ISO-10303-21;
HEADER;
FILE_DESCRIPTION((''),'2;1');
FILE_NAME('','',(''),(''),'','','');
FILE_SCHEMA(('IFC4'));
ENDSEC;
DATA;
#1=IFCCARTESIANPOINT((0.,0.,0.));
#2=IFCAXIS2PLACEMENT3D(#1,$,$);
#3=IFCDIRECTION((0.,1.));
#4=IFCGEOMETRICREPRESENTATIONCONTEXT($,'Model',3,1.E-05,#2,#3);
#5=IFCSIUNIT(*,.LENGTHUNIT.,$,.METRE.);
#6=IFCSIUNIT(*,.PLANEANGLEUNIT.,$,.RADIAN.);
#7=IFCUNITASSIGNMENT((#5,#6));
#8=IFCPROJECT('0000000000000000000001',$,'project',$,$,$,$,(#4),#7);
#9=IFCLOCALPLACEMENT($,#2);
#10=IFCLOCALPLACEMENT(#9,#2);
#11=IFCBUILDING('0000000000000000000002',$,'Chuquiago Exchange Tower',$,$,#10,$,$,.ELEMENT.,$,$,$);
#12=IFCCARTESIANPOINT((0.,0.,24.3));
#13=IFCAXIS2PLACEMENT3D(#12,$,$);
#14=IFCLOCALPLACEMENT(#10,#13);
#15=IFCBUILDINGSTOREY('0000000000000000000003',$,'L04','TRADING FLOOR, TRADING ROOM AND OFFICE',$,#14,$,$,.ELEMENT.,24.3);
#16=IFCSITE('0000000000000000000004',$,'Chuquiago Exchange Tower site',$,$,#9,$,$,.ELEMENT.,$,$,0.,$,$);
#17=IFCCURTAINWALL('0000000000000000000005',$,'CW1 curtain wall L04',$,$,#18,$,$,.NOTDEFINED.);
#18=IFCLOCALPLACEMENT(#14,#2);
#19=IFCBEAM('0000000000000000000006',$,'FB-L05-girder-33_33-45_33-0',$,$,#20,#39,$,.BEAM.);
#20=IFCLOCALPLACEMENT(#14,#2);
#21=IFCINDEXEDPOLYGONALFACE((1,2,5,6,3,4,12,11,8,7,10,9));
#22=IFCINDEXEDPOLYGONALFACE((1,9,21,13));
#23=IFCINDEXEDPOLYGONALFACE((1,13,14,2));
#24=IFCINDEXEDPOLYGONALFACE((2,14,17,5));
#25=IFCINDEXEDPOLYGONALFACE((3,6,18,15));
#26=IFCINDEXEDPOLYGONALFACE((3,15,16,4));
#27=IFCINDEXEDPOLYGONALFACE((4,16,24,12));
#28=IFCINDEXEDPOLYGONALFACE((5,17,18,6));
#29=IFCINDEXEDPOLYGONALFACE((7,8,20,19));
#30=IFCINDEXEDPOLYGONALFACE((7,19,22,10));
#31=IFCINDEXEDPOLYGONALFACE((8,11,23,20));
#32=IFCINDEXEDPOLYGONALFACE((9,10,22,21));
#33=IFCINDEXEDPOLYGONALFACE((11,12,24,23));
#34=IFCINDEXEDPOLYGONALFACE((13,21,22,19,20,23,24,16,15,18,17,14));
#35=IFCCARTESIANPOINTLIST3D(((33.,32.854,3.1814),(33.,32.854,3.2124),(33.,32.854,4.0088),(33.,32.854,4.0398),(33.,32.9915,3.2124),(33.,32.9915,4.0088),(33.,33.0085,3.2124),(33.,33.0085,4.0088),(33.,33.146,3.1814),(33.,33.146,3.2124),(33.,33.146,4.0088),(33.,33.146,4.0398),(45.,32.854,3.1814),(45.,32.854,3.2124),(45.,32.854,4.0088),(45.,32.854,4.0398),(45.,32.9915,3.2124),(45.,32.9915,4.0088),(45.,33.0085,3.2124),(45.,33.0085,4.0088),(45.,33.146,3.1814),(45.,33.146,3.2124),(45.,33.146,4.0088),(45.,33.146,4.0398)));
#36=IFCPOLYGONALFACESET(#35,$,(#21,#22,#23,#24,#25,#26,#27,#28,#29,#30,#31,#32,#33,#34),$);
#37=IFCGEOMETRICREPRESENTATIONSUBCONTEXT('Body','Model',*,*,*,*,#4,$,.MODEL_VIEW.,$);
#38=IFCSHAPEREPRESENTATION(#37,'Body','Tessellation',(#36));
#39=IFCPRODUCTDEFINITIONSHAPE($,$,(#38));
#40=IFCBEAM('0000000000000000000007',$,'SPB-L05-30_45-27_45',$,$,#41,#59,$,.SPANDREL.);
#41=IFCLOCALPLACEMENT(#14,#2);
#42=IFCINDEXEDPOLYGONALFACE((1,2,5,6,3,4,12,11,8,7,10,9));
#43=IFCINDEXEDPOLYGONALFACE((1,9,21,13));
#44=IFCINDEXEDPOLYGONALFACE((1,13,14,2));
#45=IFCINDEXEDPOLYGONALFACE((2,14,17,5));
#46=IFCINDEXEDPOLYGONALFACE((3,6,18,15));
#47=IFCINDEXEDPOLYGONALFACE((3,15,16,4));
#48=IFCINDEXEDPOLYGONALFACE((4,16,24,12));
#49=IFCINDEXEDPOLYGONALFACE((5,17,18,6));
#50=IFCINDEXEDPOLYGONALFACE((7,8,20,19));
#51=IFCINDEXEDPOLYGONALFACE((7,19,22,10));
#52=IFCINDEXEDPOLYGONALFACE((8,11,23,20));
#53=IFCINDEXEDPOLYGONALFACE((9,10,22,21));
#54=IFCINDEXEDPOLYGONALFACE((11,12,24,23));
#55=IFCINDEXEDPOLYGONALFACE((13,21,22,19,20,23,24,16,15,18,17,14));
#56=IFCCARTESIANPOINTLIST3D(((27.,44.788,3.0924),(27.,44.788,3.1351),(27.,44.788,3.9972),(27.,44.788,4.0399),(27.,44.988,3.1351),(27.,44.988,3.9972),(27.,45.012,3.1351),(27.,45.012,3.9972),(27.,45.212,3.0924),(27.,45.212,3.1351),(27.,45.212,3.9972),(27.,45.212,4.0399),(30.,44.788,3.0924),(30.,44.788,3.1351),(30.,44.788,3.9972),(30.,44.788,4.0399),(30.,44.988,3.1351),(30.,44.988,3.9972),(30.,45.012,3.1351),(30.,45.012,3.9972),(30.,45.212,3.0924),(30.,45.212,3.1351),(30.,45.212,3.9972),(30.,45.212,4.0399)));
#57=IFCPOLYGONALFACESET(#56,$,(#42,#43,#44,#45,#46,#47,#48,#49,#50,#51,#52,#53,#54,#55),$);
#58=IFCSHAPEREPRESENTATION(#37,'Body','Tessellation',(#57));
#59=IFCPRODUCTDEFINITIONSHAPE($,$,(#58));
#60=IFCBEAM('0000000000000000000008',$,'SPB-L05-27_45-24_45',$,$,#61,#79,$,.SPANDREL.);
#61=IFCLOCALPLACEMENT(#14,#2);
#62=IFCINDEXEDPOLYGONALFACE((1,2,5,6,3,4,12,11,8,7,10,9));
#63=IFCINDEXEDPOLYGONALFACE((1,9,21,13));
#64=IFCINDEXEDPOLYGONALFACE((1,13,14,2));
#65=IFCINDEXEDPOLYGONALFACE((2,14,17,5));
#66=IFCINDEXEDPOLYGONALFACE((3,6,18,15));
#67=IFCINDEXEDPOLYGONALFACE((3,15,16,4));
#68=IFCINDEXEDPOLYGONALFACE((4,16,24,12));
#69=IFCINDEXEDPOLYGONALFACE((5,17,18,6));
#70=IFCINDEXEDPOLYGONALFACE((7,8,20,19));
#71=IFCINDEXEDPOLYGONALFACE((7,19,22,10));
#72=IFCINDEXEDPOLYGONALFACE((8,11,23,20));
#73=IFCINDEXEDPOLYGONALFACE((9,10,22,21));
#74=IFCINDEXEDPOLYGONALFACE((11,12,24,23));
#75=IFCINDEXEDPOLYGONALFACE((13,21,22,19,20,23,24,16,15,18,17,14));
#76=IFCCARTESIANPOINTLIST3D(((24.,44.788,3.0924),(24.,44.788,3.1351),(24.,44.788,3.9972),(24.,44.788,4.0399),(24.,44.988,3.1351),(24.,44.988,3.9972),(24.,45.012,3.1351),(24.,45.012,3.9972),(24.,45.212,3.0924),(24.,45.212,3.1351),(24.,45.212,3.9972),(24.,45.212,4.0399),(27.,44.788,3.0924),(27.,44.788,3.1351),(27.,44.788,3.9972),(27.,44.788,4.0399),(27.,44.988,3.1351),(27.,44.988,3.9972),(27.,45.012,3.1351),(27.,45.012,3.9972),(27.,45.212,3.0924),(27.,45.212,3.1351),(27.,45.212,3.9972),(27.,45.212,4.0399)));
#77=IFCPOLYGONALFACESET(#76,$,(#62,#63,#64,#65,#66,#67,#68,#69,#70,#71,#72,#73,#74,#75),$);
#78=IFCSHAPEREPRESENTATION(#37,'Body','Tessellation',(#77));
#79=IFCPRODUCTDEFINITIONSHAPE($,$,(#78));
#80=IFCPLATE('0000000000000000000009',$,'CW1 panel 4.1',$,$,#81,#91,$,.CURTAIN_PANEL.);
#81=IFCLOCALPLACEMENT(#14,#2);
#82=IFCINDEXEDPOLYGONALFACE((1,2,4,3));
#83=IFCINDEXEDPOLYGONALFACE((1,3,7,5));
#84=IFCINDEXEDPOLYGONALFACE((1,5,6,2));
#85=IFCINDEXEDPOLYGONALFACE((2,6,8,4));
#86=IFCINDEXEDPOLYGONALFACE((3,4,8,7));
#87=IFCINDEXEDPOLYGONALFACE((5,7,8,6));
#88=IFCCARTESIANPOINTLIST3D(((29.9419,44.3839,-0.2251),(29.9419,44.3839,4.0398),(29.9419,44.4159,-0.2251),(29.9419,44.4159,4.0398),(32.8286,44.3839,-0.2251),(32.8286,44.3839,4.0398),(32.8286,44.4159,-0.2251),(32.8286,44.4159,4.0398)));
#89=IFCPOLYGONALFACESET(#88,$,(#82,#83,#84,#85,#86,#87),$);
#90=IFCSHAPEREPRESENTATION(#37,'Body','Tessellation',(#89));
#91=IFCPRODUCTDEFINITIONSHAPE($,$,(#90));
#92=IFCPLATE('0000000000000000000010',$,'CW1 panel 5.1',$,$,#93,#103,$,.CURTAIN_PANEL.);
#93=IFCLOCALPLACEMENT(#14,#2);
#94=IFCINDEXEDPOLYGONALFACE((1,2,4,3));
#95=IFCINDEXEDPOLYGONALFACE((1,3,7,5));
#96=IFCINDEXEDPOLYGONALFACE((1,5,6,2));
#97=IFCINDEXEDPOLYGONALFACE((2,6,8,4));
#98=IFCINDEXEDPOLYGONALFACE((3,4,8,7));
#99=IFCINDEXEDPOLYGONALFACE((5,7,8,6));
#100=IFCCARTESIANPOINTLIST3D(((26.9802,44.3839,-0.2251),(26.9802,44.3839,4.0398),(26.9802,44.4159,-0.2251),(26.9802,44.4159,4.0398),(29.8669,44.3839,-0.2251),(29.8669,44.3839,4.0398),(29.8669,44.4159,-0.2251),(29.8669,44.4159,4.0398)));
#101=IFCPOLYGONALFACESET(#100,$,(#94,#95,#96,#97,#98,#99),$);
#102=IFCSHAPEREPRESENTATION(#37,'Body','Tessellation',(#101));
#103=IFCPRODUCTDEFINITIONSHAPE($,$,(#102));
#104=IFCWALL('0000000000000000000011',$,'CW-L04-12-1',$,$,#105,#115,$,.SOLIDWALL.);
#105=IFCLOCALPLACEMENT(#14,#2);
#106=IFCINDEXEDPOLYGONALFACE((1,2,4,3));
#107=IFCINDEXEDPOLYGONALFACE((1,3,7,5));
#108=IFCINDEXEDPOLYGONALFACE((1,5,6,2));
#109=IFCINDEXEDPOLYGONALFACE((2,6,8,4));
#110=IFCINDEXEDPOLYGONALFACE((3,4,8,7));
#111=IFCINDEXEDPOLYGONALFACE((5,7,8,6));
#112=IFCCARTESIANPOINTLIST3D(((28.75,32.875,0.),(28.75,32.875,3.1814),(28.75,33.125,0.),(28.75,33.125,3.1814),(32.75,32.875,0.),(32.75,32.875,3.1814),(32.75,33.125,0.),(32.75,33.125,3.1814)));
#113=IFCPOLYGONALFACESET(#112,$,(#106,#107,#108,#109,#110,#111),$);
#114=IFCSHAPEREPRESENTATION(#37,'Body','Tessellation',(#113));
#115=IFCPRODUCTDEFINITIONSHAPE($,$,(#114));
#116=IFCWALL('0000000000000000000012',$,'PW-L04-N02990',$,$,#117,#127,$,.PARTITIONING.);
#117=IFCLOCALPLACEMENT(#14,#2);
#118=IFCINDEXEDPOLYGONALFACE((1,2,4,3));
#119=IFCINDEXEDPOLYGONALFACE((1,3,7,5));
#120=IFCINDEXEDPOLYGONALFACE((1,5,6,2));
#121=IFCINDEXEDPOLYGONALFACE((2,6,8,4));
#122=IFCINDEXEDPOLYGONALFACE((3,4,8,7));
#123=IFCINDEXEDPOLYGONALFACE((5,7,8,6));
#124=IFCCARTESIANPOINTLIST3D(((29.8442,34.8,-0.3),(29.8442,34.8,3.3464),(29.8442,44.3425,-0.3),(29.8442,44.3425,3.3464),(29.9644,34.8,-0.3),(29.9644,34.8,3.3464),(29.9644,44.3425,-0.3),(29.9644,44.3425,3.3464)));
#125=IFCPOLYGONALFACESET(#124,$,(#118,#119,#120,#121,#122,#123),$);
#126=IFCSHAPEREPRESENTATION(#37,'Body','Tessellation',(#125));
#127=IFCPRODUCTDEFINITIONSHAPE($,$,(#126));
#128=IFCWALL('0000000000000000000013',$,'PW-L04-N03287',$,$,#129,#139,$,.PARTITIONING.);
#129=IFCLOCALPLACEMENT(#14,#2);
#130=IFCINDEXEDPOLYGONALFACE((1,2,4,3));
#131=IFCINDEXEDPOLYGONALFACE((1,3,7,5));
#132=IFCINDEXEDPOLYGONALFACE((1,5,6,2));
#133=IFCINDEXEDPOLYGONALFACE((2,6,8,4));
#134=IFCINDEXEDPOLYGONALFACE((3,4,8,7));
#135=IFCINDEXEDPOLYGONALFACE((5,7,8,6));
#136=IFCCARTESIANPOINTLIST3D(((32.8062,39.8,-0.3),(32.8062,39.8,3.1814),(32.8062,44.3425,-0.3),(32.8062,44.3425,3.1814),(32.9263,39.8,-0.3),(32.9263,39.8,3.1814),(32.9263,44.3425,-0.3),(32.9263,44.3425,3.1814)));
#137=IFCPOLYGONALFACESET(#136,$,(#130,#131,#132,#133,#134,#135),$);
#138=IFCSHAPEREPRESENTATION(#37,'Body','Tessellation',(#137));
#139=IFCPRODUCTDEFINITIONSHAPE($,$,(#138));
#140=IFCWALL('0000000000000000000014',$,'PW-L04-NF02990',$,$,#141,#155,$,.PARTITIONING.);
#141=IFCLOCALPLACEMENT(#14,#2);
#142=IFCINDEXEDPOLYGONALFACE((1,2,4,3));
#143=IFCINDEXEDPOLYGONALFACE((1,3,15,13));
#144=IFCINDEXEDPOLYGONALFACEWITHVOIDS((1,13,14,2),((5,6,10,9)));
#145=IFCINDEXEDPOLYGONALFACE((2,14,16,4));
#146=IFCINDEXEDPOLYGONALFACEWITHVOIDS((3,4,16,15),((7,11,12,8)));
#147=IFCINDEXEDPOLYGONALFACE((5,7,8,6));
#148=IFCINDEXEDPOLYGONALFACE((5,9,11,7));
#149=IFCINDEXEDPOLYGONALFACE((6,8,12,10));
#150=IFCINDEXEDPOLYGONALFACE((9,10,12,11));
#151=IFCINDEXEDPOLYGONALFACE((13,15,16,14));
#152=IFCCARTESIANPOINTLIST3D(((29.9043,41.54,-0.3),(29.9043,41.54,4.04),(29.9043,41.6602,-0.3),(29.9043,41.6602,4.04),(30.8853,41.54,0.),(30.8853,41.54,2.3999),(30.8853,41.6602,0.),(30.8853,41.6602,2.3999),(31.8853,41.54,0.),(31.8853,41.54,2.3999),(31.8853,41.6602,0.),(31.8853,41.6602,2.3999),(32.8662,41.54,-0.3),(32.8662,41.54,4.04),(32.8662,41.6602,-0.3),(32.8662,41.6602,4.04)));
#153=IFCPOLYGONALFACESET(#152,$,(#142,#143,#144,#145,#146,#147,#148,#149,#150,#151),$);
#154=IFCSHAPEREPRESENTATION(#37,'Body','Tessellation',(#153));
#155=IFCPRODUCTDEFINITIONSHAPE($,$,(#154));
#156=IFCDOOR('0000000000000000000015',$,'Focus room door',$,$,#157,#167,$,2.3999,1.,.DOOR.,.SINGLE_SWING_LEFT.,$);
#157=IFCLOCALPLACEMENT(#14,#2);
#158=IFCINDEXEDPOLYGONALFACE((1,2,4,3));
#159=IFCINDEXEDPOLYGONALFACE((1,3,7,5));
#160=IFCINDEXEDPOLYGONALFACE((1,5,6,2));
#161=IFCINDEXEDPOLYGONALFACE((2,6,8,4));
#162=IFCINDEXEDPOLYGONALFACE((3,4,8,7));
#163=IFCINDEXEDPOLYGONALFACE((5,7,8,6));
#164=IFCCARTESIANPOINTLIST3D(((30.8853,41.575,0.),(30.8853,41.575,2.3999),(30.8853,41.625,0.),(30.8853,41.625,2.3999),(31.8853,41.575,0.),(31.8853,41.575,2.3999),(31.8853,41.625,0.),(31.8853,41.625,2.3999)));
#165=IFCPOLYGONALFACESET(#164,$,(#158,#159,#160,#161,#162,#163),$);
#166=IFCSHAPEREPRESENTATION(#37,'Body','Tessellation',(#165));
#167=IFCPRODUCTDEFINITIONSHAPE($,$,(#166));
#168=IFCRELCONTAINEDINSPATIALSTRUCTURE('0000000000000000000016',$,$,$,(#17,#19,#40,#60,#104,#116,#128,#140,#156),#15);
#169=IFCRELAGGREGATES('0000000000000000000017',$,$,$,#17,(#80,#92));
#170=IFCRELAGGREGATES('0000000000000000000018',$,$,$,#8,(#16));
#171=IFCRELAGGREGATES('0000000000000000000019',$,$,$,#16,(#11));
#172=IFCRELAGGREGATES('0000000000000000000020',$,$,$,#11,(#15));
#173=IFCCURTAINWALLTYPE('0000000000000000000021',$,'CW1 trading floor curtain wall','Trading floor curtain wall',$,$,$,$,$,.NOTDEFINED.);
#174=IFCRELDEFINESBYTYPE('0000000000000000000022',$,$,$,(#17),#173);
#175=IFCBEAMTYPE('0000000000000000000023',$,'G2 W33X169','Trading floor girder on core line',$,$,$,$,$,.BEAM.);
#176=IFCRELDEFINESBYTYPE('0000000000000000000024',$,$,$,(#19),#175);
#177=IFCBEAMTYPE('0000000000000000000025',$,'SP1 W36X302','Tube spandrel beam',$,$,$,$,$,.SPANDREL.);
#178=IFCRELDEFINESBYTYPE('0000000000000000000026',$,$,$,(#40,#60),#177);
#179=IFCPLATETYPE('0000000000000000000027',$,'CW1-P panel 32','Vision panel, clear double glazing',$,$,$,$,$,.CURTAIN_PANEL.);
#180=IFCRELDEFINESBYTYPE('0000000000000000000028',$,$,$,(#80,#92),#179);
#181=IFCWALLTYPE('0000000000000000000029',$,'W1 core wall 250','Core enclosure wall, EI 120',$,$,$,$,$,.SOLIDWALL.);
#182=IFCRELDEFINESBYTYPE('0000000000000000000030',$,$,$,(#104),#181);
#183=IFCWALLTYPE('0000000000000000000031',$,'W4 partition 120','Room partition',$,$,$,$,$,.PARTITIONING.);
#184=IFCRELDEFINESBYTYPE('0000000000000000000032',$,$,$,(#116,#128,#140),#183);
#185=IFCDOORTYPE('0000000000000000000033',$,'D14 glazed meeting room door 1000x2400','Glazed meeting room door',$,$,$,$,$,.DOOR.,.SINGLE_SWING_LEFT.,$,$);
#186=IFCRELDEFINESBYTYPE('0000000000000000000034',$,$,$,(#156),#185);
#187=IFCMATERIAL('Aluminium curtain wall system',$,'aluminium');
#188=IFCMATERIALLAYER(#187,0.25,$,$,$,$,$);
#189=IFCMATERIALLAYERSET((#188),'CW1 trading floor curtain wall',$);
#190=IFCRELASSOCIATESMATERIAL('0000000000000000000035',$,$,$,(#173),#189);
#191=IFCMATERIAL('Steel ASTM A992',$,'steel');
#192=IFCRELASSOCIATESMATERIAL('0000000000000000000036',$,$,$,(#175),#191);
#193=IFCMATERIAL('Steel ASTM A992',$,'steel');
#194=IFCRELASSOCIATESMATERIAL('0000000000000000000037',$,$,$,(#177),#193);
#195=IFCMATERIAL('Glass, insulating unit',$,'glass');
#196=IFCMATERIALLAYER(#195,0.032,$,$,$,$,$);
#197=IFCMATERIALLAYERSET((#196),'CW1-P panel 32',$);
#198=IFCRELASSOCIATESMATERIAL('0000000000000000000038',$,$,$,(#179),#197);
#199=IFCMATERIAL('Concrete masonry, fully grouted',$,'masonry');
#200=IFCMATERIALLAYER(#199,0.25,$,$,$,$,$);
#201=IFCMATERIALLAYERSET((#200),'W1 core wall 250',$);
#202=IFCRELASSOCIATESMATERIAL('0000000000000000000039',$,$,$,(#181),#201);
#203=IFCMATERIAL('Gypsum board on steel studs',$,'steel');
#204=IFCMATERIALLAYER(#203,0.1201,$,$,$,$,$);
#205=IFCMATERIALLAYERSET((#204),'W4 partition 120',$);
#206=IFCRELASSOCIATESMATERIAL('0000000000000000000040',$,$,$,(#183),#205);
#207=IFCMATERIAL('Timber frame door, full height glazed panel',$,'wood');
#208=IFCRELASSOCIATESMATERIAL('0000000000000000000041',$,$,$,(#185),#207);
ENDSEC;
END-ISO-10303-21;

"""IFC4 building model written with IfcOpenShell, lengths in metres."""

from ifc_helpers import new_model, si_unit, direction, frame, frame_2d, origin, origin_2d, place, context, subcontext, project, spatial, rectangle, i_section, extrude, material, layer, layer_set, material_profile, profile_set, type_object, element, fill, aggregate, save


model = new_model("IFC4")

# Units and contexts
model_context = context("Model", 3, precision=1e-05, world=origin(), true_north=direction((0.0, 1.0)))
body_context = subcontext(model_context, "Body", "Model", "MODEL_VIEW")
ifc_project = project(units=[si_unit("LENGTHUNIT", "METRE"), si_unit("PLANEANGLEUNIT", "RADIAN")], contexts=[model_context])

# Site, building, storey
site_placement = place(None, origin())
site = spatial("IfcSite", under=ifc_project, at=site_placement, Name="Chuquiago Exchange Tower site", CompositionType="ELEMENT", RefElevation=0.0)
building_placement = place(site_placement, origin())
building = spatial("IfcBuilding", under=site, at=building_placement, Name="Chuquiago Exchange Tower", CompositionType="ELEMENT")
storey_placement = place(building_placement, frame((0.0, 0.0, 24.3)))
storey = spatial("IfcBuildingStorey", under=building, at=storey_placement, Name="L04", Description="TRADING FLOOR, TRADING ROOM AND OFFICE", CompositionType="ELEMENT", Elevation=24.3)

# Curtain wall
ifc_material_1 = material(Name="Aluminium curtain wall system", Category="aluminium")
ifc_layer_1 = layer(ifc_material_1, 0.25)
ifc_layer_set_1 = layer_set([ifc_layer_1], Name="CW1 trading floor curtain wall")
curtain_wall_type = type_object("IfcCurtainWallType", Name="CW1 trading floor curtain wall", Description="Trading floor curtain wall", PredefinedType="NOTDEFINED", material=ifc_layer_set_1)
curtain_wall_placement = place(storey_placement, origin())
curtain_wall = element("IfcCurtainWall", 1, at=curtain_wall_placement, inside=storey, type_object=curtain_wall_type, Name="CW1 curtain wall L04", PredefinedType="NOTDEFINED")

# Beams
ifc_material_2 = material(Name="Steel ASTM A992", Category="steel")
ifc_material_profile_1 = material_profile(ifc_material_2, i_section(OverallWidth=0.292, OverallDepth=0.8584, WebThickness=0.0171, FlangeThickness=0.031, at=origin_2d()), Name="W33X169")
ifc_profile_set_1 = profile_set([ifc_material_profile_1], Name="Steel ASTM A992")
beam_type_1 = type_object("IfcBeamType", Name="G2 W33X169", Description="Trading floor girder on core line", PredefinedType="BEAM", material=ifc_profile_set_1)
for number, where, z_axis, x_axis, name in (
    (2, (33.0, 33.0, 3.6106), (1.0, 0.0, 0.0), (0.0, 1.0, 0.0), "FB-L05-girder-33_33-45_33-0"),
):
    element("IfcBeam", number, at=place(storey_placement, frame(where, z_axis=z_axis, x_axis=x_axis)), inside=storey, type_object=beam_type_1, Name=name, PredefinedType="BEAM", context=body_context, shape_type="SweptSolid", body=[
        extrude(i_section(OverallWidth=0.292, OverallDepth=0.8584, WebThickness=0.0171, FlangeThickness=0.031, at=origin_2d()), origin(), (0.0, 0.0, 1.0), 12.0),
    ])
ifc_material_3 = material(Name="Steel ASTM A992", Category="steel")
ifc_material_profile_2 = material_profile(ifc_material_3, i_section(OverallWidth=0.4241, OverallDepth=0.9475, WebThickness=0.0239, FlangeThickness=0.0427, at=origin_2d()), Name="W36X302")
ifc_profile_set_2 = profile_set([ifc_material_profile_2], Name="Steel ASTM A992")
beam_type_2 = type_object("IfcBeamType", Name="SP1 W36X302", Description="Tube spandrel beam", PredefinedType="SPANDREL", material=ifc_profile_set_2)
for number, where, z_axis, x_axis, name in (
    (3, (30.0, 45.0, 3.5662), (-1.0, 0.0, 0.0), (0.0, -1.0, 0.0), "SPB-L05-30_45-27_45"),
    (4, (27.0, 45.0, 3.5662), (-1.0, 0.0, 0.0), (0.0, -1.0, 0.0), "SPB-L05-27_45-24_45"),
):
    element("IfcBeam", number, at=place(storey_placement, frame(where, z_axis=z_axis, x_axis=x_axis)), inside=storey, type_object=beam_type_2, Name=name, PredefinedType="SPANDREL", context=body_context, shape_type="SweptSolid", body=[
        extrude(i_section(OverallWidth=0.4241, OverallDepth=0.9475, WebThickness=0.0239, FlangeThickness=0.0427, at=origin_2d()), origin(), (0.0, 0.0, 1.0), 3.0),
    ])

# Plates
ifc_material_4 = material(Name="Glass, insulating unit", Category="glass")
ifc_layer_2 = layer(ifc_material_4, 0.032)
ifc_layer_set_2 = layer_set([ifc_layer_2], Name="CW1-P panel 32")
plate_type = type_object("IfcPlateType", Name="CW1-P panel 32", Description="Vision panel, clear double glazing", PredefinedType="CURTAIN_PANEL", material=ifc_layer_set_2)
plate_1_placement = place(storey_placement, frame((31.3853, 44.3999, -0.2251), z_axis=(0.0, 0.0, 1.0), x_axis=(-1.0, 0.0, 0.0)))
plate_1 = element("IfcPlate", 5, at=plate_1_placement, type_object=plate_type, Name="CW1 panel 4.1", PredefinedType="CURTAIN_PANEL", context=body_context, shape_type="SweptSolid", body=[
    extrude(rectangle(XDim=2.8867, YDim=0.032, at=origin_2d()), origin(), (0.0, 0.0, 1.0), 4.2649),
])
plate_2_placement = place(storey_placement, frame((28.4236, 44.3999, -0.2251), z_axis=(0.0, 0.0, 1.0), x_axis=(-1.0, 0.0, 0.0)))
plate_2 = element("IfcPlate", 6, at=plate_2_placement, type_object=plate_type, Name="CW1 panel 5.1", PredefinedType="CURTAIN_PANEL", context=body_context, shape_type="SweptSolid", body=[
    extrude(rectangle(XDim=2.8867, YDim=0.032, at=origin_2d()), origin(), (0.0, 0.0, 1.0), 4.2649),
])
aggregate(curtain_wall, [plate_1, plate_2])

# Walls
ifc_material_5 = material(Name="Concrete masonry, fully grouted", Category="masonry")
ifc_layer_3 = layer(ifc_material_5, 0.25)
ifc_layer_set_3 = layer_set([ifc_layer_3], Name="W1 core wall 250")
wall_type_1 = type_object("IfcWallType", Name="W1 core wall 250", Description="Core enclosure wall, EI 120", PredefinedType="SOLIDWALL", material=ifc_layer_set_3)
wall_1_placement = place(storey_placement, frame((28.75, 33.0, 0.0), z_axis=(0.0, 0.0, 1.0), x_axis=(1.0, 0.0, 0.0)))
element("IfcWall", 7, at=wall_1_placement, inside=storey, type_object=wall_type_1, Name="CW-L04-12-1", PredefinedType="SOLIDWALL", context=body_context, shape_type="SweptSolid", body=[
    extrude(rectangle(XDim=4.0, YDim=0.25, at=frame_2d((2.0, 0.0))), origin(), (0.0, 0.0, 1.0), 3.1814),
])
ifc_material_6 = material(Name="Gypsum board on steel studs", Category="steel")
ifc_layer_4 = layer(ifc_material_6, 0.1201)
ifc_layer_set_4 = layer_set([ifc_layer_4], Name="W4 partition 120")
wall_type_2 = type_object("IfcWallType", Name="W4 partition 120", Description="Room partition", PredefinedType="PARTITIONING", material=ifc_layer_set_4)
wall_2_placement = place(storey_placement, frame((29.9043, 44.3425, -0.3), z_axis=(0.0, 0.0, 1.0), x_axis=(0.0, -1.0, 0.0)))
element("IfcWall", 8, at=wall_2_placement, inside=storey, type_object=wall_type_2, Name="PW-L04-N02990", PredefinedType="PARTITIONING", context=body_context, shape_type="SweptSolid", body=[
    extrude(rectangle(XDim=9.5425, YDim=0.1201, at=frame_2d((4.7712, 0.0))), origin(), (0.0, 0.0, 1.0), 3.6465),
])
wall_3_placement = place(storey_placement, frame((32.8662, 44.3425, -0.3), z_axis=(0.0, 0.0, 1.0), x_axis=(0.0, -1.0, 0.0)))
element("IfcWall", 9, at=wall_3_placement, inside=storey, type_object=wall_type_2, Name="PW-L04-N03287", PredefinedType="PARTITIONING", context=body_context, shape_type="SweptSolid", body=[
    extrude(rectangle(XDim=4.5425, YDim=0.1201, at=frame_2d((2.2712, 0.0))), origin(), (0.0, 0.0, 1.0), 3.4814),
])

# Wall, opening, door
wall_4_placement = place(storey_placement, frame((29.9043, 41.6001, -0.3), z_axis=(0.0, 0.0, 1.0), x_axis=(1.0, 0.0, 0.0)))
wall_4 = element("IfcWall", 10, at=wall_4_placement, inside=storey, type_object=wall_type_2, Name="PW-L04-NF02990", PredefinedType="PARTITIONING", context=body_context, shape_type="SweptSolid", body=[
    extrude(rectangle(XDim=2.9619, YDim=0.1201, at=frame_2d((1.481, 0.0))), origin(), (0.0, 0.0, 1.0), 4.3401),
])
opening_1_placement = place(wall_4_placement, frame((0.981, 0.0, 0.3)))
opening_1 = element("IfcOpeningElement", 11, at=opening_1_placement, cuts=wall_4, PredefinedType="OPENING", context=body_context, shape_type="SweptSolid", body=[
    extrude(rectangle(XDim=1.0, YDim=2.3999, at=frame_2d((0.5, 1.2))), frame((0.0, 0.0701, 0.0), z_axis=(0.0, -1.0, 0.0), x_axis=(1.0, 0.0, 0.0)), (0.0, 0.0, 1.0), 0.1401),
])
ifc_material_7 = material(Name="Timber frame door, full height glazed panel", Category="wood")
door_type_1 = type_object("IfcDoorType", Name="D14 glazed meeting room door 1000x2400", Description="Glazed meeting room door", OperationType="SINGLE_SWING_LEFT", PredefinedType="DOOR", material=ifc_material_7)
door_1_placement = place(opening_1_placement, origin())
door_1 = element("IfcDoor", 12, at=door_1_placement, inside=storey, type_object=door_type_1, Name="Focus room door", OperationType="SINGLE_SWING_LEFT", OverallHeight=2.3999, OverallWidth=1.0, PredefinedType="DOOR", context=body_context, shape_type="SweptSolid", body=[
    extrude(rectangle(XDim=1.0, YDim=2.3999, at=frame_2d((0.5, 1.2))), frame((0.0, 0.0249, 0.0), z_axis=(0.0, -1.0, 0.0), x_axis=(1.0, 0.0, 0.0)), (0.0, 0.0, 1.0), 0.05),
])
fill(opening_1, door_1)

save(model, "model.ifc")
